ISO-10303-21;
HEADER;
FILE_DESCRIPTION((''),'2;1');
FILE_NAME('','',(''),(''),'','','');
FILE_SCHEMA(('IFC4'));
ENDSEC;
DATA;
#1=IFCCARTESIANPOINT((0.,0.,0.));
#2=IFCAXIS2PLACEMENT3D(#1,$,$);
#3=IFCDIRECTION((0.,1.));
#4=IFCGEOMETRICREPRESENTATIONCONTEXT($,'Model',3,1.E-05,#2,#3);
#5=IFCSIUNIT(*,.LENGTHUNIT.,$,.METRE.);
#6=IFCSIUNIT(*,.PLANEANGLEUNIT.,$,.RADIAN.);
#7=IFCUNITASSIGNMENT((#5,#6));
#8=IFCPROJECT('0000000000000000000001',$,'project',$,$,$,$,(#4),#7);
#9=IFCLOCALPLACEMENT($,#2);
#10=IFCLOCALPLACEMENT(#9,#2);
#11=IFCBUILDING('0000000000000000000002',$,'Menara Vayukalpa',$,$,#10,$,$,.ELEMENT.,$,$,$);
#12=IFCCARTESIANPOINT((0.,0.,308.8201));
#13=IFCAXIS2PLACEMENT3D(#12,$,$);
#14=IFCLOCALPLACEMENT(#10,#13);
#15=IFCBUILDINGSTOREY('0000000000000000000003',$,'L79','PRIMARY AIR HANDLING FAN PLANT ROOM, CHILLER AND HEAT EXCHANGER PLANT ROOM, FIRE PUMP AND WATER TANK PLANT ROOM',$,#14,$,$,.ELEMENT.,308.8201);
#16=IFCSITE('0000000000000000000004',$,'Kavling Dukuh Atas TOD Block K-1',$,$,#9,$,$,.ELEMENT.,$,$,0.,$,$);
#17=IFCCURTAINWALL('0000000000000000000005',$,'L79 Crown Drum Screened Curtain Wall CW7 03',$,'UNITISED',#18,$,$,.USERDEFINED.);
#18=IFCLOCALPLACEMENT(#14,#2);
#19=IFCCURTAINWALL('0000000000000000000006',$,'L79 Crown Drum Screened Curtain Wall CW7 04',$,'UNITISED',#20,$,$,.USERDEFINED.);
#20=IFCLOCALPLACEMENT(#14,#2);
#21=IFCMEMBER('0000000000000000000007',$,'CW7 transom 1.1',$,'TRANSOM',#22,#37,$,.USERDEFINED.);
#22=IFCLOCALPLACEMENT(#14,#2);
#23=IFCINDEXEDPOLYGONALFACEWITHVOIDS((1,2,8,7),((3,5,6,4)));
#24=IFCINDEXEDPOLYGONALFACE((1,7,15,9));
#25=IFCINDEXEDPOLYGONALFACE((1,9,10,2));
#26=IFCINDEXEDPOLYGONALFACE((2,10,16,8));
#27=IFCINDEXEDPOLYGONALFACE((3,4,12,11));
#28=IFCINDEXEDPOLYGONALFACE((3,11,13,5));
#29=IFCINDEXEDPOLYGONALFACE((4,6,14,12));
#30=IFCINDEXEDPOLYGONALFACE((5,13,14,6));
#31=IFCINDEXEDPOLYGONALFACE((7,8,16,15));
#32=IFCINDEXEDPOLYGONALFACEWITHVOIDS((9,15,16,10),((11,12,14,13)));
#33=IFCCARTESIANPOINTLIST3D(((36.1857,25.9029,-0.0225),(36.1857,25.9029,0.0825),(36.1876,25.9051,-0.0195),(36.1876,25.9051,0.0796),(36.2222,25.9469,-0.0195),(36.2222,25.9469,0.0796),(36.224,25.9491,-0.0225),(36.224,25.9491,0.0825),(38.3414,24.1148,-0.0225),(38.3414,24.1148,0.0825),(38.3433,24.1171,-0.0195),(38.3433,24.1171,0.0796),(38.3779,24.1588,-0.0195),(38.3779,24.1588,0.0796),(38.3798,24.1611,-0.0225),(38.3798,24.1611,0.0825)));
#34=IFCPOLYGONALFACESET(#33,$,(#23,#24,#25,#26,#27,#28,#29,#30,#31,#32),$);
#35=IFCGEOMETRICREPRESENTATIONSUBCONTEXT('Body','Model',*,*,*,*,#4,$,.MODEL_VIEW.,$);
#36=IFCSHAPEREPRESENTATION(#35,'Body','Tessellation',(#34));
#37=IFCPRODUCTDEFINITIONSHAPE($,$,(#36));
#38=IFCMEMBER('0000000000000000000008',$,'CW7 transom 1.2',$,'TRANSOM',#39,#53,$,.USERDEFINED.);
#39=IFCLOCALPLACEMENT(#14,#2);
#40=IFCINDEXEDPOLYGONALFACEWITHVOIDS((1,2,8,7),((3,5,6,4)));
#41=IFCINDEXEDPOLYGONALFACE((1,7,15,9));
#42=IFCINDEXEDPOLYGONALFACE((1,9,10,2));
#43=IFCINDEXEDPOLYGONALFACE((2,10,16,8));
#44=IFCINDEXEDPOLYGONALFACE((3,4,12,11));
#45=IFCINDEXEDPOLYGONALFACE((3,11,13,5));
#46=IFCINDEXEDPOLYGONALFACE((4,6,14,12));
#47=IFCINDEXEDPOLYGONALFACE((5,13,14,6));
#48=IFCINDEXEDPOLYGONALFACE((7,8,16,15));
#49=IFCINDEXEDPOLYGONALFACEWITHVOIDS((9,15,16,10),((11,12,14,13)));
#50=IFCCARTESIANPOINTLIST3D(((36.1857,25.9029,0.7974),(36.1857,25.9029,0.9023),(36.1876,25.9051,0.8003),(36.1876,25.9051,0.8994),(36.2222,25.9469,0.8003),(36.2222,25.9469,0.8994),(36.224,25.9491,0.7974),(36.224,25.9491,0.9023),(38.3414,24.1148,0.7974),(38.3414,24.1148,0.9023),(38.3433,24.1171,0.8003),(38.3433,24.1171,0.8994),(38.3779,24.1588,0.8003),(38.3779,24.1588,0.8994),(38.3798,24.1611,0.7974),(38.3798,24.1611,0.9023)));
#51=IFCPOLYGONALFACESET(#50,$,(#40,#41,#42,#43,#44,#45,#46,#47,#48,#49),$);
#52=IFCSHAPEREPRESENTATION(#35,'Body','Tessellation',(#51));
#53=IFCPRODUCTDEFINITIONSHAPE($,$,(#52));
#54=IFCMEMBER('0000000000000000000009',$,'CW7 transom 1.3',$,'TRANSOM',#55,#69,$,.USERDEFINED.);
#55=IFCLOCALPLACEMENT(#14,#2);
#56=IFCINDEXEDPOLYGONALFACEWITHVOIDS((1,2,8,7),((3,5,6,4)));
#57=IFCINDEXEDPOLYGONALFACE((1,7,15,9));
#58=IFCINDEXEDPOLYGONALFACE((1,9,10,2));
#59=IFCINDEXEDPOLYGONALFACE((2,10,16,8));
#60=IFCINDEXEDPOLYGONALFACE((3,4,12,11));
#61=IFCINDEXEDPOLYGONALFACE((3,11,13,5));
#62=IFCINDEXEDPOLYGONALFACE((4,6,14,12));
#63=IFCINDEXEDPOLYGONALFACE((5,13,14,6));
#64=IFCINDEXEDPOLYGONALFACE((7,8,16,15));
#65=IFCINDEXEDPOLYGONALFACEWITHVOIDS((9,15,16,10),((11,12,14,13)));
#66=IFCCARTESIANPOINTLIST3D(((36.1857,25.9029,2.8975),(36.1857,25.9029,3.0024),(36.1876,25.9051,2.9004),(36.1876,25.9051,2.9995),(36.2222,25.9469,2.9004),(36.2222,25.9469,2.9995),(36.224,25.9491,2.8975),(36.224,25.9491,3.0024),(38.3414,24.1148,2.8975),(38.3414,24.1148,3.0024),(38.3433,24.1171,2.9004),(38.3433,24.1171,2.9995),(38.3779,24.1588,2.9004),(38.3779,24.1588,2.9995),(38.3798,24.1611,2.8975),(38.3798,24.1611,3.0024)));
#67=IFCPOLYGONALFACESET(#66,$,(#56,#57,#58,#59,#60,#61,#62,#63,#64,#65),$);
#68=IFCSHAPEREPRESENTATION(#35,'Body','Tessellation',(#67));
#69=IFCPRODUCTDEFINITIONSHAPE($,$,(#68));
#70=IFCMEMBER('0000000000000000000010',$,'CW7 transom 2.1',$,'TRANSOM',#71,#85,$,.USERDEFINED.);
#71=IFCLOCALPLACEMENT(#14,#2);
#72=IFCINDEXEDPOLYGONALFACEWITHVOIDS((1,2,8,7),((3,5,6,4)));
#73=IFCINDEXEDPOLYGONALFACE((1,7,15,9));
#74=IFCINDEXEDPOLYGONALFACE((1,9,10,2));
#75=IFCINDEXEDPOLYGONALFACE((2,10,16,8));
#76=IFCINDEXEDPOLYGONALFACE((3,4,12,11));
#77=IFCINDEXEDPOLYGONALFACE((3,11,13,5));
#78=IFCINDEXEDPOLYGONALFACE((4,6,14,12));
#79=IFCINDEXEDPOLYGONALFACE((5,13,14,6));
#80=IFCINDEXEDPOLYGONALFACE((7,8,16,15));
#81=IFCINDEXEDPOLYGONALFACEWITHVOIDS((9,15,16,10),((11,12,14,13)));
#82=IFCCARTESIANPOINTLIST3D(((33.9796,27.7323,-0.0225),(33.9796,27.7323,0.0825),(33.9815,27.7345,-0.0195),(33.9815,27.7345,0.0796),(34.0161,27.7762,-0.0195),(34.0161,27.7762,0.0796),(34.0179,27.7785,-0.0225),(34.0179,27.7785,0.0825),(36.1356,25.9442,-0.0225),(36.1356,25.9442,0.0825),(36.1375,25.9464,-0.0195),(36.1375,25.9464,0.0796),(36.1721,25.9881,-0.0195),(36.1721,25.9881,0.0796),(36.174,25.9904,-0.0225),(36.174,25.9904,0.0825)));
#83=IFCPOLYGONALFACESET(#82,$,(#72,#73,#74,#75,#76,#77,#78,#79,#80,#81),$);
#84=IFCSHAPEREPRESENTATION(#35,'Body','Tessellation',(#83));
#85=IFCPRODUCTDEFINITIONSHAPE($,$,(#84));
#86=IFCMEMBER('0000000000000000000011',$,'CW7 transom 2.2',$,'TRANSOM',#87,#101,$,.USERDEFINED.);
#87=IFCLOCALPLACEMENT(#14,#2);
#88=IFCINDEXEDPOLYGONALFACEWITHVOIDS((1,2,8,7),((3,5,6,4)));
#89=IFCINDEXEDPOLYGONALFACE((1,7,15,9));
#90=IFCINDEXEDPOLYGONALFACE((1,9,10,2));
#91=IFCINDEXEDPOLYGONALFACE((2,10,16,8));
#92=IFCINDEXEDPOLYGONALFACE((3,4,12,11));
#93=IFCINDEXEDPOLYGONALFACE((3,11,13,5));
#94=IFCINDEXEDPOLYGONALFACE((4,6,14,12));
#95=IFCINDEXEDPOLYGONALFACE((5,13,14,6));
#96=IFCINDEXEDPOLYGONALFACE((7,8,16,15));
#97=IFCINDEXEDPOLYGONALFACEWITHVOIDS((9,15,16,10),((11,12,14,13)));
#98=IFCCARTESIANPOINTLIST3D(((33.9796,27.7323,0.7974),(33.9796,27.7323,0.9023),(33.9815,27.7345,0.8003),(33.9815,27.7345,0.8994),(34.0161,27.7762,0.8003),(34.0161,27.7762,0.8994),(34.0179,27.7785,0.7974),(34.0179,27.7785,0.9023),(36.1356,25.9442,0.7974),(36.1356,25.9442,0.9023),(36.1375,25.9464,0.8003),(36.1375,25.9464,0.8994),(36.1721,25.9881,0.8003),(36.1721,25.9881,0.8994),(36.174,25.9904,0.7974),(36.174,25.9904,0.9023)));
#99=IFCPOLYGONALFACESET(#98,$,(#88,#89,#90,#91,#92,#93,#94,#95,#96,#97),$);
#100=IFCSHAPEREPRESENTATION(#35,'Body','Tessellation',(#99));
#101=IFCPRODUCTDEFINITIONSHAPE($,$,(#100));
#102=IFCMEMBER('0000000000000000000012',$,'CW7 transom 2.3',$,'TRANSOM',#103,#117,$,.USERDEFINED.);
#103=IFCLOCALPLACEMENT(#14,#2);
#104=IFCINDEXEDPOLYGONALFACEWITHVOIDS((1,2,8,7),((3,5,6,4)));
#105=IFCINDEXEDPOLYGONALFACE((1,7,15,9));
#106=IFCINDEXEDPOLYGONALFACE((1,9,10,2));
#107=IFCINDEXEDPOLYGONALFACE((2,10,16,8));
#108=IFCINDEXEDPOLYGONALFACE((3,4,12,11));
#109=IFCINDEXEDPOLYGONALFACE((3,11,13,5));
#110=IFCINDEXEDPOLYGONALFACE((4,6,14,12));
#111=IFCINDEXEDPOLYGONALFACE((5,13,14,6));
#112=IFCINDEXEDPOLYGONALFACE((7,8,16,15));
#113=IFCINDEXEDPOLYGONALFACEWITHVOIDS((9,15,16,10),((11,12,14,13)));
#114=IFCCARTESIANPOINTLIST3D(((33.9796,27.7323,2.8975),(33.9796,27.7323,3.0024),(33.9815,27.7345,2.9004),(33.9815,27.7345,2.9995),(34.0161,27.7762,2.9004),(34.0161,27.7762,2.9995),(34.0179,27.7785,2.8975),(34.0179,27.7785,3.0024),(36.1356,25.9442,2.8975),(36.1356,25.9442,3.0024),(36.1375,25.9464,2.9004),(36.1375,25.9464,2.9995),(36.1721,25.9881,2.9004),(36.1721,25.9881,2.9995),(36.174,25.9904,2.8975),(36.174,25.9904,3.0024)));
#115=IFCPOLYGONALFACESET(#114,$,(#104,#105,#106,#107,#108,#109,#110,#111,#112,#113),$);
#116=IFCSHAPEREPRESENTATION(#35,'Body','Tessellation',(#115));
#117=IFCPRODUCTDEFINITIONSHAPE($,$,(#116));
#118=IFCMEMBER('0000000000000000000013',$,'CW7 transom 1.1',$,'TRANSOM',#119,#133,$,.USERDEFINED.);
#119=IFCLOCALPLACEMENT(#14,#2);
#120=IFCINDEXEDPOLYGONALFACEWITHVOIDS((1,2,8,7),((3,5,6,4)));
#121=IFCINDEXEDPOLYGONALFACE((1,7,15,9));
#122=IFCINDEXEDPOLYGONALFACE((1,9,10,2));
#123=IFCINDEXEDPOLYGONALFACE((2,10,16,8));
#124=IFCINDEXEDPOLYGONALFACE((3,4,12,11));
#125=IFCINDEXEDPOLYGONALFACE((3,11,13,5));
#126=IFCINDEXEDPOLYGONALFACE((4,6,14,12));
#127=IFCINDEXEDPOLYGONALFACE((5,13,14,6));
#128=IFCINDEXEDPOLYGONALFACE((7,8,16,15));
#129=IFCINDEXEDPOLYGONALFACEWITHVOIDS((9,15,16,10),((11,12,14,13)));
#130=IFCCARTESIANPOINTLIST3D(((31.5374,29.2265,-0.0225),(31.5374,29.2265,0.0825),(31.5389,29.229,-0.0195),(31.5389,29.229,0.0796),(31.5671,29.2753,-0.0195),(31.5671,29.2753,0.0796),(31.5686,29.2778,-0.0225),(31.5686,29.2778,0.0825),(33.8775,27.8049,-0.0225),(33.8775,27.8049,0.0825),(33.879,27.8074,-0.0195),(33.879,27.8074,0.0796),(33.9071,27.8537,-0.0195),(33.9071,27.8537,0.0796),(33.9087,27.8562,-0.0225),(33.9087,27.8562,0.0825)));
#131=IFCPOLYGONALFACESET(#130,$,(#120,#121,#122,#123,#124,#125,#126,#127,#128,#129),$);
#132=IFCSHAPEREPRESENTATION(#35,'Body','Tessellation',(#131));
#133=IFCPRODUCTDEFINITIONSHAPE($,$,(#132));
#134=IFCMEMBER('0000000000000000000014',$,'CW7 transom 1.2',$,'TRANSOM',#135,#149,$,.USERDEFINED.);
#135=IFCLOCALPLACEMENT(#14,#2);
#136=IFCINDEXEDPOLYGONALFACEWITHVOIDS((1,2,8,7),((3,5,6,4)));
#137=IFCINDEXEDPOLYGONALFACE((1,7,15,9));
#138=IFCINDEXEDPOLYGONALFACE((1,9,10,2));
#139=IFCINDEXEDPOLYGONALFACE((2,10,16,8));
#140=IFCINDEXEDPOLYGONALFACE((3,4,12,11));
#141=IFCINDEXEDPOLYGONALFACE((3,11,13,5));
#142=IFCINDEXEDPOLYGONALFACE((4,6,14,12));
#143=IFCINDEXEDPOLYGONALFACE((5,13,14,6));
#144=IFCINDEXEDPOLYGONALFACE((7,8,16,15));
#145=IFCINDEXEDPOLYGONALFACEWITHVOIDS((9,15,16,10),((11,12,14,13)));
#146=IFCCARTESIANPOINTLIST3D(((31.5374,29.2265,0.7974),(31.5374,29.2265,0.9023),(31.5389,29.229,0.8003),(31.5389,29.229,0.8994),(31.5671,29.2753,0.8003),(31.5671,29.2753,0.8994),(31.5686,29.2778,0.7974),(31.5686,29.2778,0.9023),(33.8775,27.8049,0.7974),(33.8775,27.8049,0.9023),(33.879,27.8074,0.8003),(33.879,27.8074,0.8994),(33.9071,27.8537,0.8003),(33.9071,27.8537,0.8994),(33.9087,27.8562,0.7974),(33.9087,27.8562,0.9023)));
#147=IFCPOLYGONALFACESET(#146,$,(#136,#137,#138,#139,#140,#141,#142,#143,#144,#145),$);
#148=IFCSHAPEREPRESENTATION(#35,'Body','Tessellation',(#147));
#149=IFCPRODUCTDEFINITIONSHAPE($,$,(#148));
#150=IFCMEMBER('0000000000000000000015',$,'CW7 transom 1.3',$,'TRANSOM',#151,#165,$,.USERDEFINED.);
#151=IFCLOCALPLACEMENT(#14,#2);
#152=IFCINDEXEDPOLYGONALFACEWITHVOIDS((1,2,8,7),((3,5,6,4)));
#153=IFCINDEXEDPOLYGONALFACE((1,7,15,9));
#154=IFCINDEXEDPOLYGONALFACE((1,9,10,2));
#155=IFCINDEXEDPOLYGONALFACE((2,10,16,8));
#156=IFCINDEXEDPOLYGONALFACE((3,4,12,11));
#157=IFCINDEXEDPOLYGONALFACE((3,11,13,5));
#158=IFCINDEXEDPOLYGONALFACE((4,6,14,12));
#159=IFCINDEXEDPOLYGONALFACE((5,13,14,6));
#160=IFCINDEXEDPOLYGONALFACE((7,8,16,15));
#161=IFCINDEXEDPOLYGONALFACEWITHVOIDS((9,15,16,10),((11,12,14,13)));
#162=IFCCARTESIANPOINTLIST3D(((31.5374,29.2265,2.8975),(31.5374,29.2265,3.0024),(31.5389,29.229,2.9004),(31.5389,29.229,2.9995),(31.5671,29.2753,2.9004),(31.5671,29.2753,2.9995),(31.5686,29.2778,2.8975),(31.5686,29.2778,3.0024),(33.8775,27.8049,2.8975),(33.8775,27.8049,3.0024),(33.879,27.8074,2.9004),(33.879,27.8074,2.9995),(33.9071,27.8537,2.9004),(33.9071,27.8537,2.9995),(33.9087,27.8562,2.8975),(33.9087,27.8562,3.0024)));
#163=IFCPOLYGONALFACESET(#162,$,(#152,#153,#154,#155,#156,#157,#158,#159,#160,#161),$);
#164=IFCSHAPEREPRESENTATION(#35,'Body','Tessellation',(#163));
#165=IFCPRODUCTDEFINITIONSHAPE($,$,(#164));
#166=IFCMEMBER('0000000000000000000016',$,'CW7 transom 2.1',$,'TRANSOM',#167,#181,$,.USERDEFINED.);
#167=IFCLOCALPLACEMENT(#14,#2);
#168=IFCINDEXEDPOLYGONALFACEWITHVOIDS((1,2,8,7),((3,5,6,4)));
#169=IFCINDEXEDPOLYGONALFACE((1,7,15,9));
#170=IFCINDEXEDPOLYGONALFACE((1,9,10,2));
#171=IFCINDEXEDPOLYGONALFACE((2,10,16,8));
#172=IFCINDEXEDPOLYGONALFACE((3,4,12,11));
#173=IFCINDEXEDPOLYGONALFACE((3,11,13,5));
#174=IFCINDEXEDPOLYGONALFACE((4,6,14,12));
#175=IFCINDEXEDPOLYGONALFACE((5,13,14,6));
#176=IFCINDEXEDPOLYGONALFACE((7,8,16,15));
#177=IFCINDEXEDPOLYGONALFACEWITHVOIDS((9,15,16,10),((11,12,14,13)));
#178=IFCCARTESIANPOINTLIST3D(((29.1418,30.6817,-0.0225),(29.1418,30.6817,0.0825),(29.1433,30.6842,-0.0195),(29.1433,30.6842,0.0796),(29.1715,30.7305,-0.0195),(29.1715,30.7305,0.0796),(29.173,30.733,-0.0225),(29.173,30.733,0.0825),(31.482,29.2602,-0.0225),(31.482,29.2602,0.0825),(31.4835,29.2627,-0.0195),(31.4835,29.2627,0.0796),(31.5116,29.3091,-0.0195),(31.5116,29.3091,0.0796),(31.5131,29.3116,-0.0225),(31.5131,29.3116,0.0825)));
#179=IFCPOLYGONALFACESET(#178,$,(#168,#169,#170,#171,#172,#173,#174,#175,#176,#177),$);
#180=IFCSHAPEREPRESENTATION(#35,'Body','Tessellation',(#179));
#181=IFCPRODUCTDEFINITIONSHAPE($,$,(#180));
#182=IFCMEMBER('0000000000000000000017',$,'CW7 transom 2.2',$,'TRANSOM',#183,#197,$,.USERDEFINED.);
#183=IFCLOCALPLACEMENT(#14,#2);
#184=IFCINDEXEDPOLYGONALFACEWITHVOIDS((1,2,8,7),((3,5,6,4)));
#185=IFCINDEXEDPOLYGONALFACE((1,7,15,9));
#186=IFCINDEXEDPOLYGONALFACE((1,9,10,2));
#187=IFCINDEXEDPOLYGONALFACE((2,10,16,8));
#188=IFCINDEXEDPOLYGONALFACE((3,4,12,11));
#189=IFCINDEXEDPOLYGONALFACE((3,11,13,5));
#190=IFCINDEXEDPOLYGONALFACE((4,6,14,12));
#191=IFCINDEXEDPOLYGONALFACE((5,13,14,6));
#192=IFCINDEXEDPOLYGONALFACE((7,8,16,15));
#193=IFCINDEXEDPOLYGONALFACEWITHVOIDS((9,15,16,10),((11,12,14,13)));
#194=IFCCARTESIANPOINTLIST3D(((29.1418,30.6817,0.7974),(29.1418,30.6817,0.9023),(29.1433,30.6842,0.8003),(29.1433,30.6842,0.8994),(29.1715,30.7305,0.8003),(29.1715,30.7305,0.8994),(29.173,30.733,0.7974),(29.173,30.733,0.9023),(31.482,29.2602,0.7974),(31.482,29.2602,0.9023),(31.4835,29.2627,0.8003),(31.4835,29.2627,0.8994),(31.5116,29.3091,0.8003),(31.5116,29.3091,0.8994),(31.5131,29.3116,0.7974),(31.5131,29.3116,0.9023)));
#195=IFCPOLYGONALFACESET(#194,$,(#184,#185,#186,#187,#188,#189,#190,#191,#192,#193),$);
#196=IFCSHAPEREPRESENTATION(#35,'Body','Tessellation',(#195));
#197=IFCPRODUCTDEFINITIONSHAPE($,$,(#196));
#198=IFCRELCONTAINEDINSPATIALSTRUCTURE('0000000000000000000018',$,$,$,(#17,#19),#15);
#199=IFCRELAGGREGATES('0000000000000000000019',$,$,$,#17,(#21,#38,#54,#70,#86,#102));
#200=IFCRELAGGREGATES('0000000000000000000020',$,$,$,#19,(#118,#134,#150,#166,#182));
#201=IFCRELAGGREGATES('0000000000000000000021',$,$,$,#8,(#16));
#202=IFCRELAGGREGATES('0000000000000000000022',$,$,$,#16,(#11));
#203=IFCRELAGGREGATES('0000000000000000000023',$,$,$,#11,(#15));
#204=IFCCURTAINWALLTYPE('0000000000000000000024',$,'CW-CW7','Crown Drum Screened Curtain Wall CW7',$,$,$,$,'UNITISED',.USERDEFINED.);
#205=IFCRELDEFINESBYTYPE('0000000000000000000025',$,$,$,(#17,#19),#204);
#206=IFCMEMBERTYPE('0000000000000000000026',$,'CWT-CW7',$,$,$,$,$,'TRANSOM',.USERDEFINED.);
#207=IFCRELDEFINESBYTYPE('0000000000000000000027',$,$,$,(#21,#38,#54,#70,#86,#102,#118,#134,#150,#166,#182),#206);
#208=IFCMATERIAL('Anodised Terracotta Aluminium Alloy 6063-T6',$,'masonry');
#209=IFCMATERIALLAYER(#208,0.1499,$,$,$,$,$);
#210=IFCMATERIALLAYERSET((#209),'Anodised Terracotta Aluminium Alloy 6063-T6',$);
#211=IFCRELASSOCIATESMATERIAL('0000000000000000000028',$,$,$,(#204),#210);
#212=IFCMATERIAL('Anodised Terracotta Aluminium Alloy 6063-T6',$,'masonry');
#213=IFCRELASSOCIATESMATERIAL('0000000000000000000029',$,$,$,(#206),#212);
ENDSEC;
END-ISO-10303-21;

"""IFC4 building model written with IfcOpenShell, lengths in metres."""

from ifc_helpers import new_model, si_unit, direction, frame, origin, origin_2d, place, context, subcontext, project, spatial, hollow_rectangle, extrude, material, layer, layer_set, material_profile, profile_set, type_object, element, aggregate, save


model = new_model("IFC4")

# Units and contexts
model_context = context("Model", 3, precision=1e-05, world=origin(), true_north=direction((0.0, 1.0)))
body_context = subcontext(model_context, "Body", "Model", "MODEL_VIEW")
ifc_project = project(units=[si_unit("LENGTHUNIT", "METRE"), si_unit("PLANEANGLEUNIT", "RADIAN")], contexts=[model_context])

# Site, building, storey
site_placement = place(None, origin())
site = spatial("IfcSite", under=ifc_project, at=site_placement, Name="Kavling Dukuh Atas TOD Block K-1", CompositionType="ELEMENT", RefElevation=0.0)
building_placement = place(site_placement, origin())
building = spatial("IfcBuilding", under=site, at=building_placement, Name="Menara Vayukalpa", CompositionType="ELEMENT")
storey_placement = place(building_placement, frame((0.0, 0.0, 308.8201)))
storey = spatial("IfcBuildingStorey", under=building, at=storey_placement, Name="L79", Description="PRIMARY AIR HANDLING FAN PLANT ROOM, CHILLER AND HEAT EXCHANGER PLANT ROOM, FIRE PUMP AND WATER TANK PLANT ROOM", CompositionType="ELEMENT", Elevation=308.8201)

# Curtain walls
ifc_material_1 = material(Name="Anodised Terracotta Aluminium Alloy 6063-T6", Category="masonry")
ifc_layer_1 = layer(ifc_material_1, 0.1499)
ifc_layer_set_1 = layer_set([ifc_layer_1], Name="Anodised Terracotta Aluminium Alloy 6063-T6")
curtain_wall_type = type_object("IfcCurtainWallType", Name="CW-CW7", Description="Crown Drum Screened Curtain Wall CW7", ElementType="UNITISED", PredefinedType="USERDEFINED", material=ifc_layer_set_1)
curtain_wall_1_placement = place(storey_placement, origin())
curtain_wall_1 = element("IfcCurtainWall", 1, at=curtain_wall_1_placement, inside=storey, type_object=curtain_wall_type, Name="L79 Crown Drum Screened Curtain Wall CW7 03", ObjectType="UNITISED", PredefinedType="USERDEFINED")
curtain_wall_2_placement = place(storey_placement, origin())
curtain_wall_2 = element("IfcCurtainWall", 2, at=curtain_wall_2_placement, inside=storey, type_object=curtain_wall_type, Name="L79 Crown Drum Screened Curtain Wall CW7 04", ObjectType="UNITISED", PredefinedType="USERDEFINED")

# Members
ifc_material_2 = material(Name="Anodised Terracotta Aluminium Alloy 6063-T6", Category="masonry")
ifc_material_profile_1 = material_profile(ifc_material_2, hollow_rectangle(XDim=0.0601, YDim=0.105, WallThickness=0.0029, at=origin_2d()), Name="ALU 60x105x3")
ifc_profile_set_1 = profile_set([ifc_material_profile_1], Name="Anodised Terracotta Aluminium Alloy 6063-T6")
member_type_1 = type_object("IfcMemberType", Name="CWT-CW7", ElementType="TRANSOM", PredefinedType="USERDEFINED", material=ifc_profile_set_1)
member_1_placement = place(storey_placement, frame((38.3606, 24.1379, 0.03), z_axis=(-0.769691, 0.638416, 0.0), x_axis=(-0.638416, -0.769691, 0.0)))
member_1 = element("IfcMember", 3, at=member_1_placement, type_object=member_type_1, Name="CW7 transom 1.1", ObjectType="TRANSOM", PredefinedType="USERDEFINED", context=body_context, shape_type="SweptSolid", body=[
    extrude(hollow_rectangle(XDim=0.0601, YDim=0.105, WallThickness=0.0029, at=origin_2d()), origin(), (0.0, 0.0, 1.0), 2.8008),
])
member_2_placement = place(storey_placement, frame((38.3606, 24.1379, 0.8499), z_axis=(-0.769691, 0.638416, 0.0), x_axis=(-0.638416, -0.769691, 0.0)))
member_2 = element("IfcMember", 4, at=member_2_placement, type_object=member_type_1, Name="CW7 transom 1.2", ObjectType="TRANSOM", PredefinedType="USERDEFINED", context=body_context, shape_type="SweptSolid", body=[
    extrude(hollow_rectangle(XDim=0.0601, YDim=0.105, WallThickness=0.0029, at=origin_2d()), origin(), (0.0, 0.0, 1.0), 2.8008),
])
member_3_placement = place(storey_placement, frame((38.3606, 24.1379, 2.95), z_axis=(-0.769691, 0.638416, 0.0), x_axis=(-0.638416, -0.769691, 0.0)))
member_3 = element("IfcMember", 5, at=member_3_placement, type_object=member_type_1, Name="CW7 transom 1.3", ObjectType="TRANSOM", PredefinedType="USERDEFINED", context=body_context, shape_type="SweptSolid", body=[
    extrude(hollow_rectangle(XDim=0.0601, YDim=0.105, WallThickness=0.0029, at=origin_2d()), origin(), (0.0, 0.0, 1.0), 2.8008),
])
member_4_placement = place(storey_placement, frame((36.1548, 25.9673, 0.03), z_axis=(-0.769727, 0.638374, 0.0), x_axis=(-0.638374, -0.769727, 0.0)))
member_4 = element("IfcMember", 6, at=member_4_placement, type_object=member_type_1, Name="CW7 transom 2.1", ObjectType="TRANSOM", PredefinedType="USERDEFINED", context=body_context, shape_type="SweptSolid", body=[
    extrude(hollow_rectangle(XDim=0.0601, YDim=0.105, WallThickness=0.0029, at=origin_2d()), origin(), (0.0, 0.0, 1.0), 2.801),
])
member_5_placement = place(storey_placement, frame((36.1548, 25.9673, 0.8499), z_axis=(-0.769727, 0.638374, 0.0), x_axis=(-0.638374, -0.769727, 0.0)))
member_5 = element("IfcMember", 7, at=member_5_placement, type_object=member_type_1, Name="CW7 transom 2.2", ObjectType="TRANSOM", PredefinedType="USERDEFINED", context=body_context, shape_type="SweptSolid", body=[
    extrude(hollow_rectangle(XDim=0.0601, YDim=0.105, WallThickness=0.0029, at=origin_2d()), origin(), (0.0, 0.0, 1.0), 2.801),
])
member_6_placement = place(storey_placement, frame((36.1548, 25.9673, 2.95), z_axis=(-0.769727, 0.638374, 0.0), x_axis=(-0.638374, -0.769727, 0.0)))
member_6 = element("IfcMember", 8, at=member_6_placement, type_object=member_type_1, Name="CW7 transom 2.3", ObjectType="TRANSOM", PredefinedType="USERDEFINED", context=body_context, shape_type="SweptSolid", body=[
    extrude(hollow_rectangle(XDim=0.0601, YDim=0.105, WallThickness=0.0029, at=origin_2d()), origin(), (0.0, 0.0, 1.0), 2.801),
])
member_7_placement = place(storey_placement, frame((33.8931, 27.8306, 0.03), z_axis=(-0.854648, 0.519208, 0.0), x_axis=(-0.519208, -0.854648, 0.0)))
member_7 = element("IfcMember", 9, at=member_7_placement, type_object=member_type_1, Name="CW7 transom 1.1", ObjectType="TRANSOM", PredefinedType="USERDEFINED", context=body_context, shape_type="SweptSolid", body=[
    extrude(hollow_rectangle(XDim=0.0601, YDim=0.105, WallThickness=0.0029, at=origin_2d()), origin(), (0.0, 0.0, 1.0), 2.738),
])
member_8_placement = place(storey_placement, frame((33.8931, 27.8306, 0.8499), z_axis=(-0.854648, 0.519208, 0.0), x_axis=(-0.519208, -0.854648, 0.0)))
member_8 = element("IfcMember", 10, at=member_8_placement, type_object=member_type_1, Name="CW7 transom 1.2", ObjectType="TRANSOM", PredefinedType="USERDEFINED", context=body_context, shape_type="SweptSolid", body=[
    extrude(hollow_rectangle(XDim=0.0601, YDim=0.105, WallThickness=0.0029, at=origin_2d()), origin(), (0.0, 0.0, 1.0), 2.738),
])
member_9_placement = place(storey_placement, frame((33.8931, 27.8306, 2.95), z_axis=(-0.854648, 0.519208, 0.0), x_axis=(-0.519208, -0.854648, 0.0)))
member_9 = element("IfcMember", 11, at=member_9_placement, type_object=member_type_1, Name="CW7 transom 1.3", ObjectType="TRANSOM", PredefinedType="USERDEFINED", context=body_context, shape_type="SweptSolid", body=[
    extrude(hollow_rectangle(XDim=0.0601, YDim=0.105, WallThickness=0.0029, at=origin_2d()), origin(), (0.0, 0.0, 1.0), 2.738),
])
member_10_placement = place(storey_placement, frame((31.4976, 29.2859, 0.03), z_axis=(-0.854687, 0.519143, 0.0), x_axis=(-0.519143, -0.854687, 0.0)))
member_10 = element("IfcMember", 12, at=member_10_placement, type_object=member_type_1, Name="CW7 transom 2.1", ObjectType="TRANSOM", PredefinedType="USERDEFINED", context=body_context, shape_type="SweptSolid", body=[
    extrude(hollow_rectangle(XDim=0.0601, YDim=0.105, WallThickness=0.0029, at=origin_2d()), origin(), (0.0, 0.0, 1.0), 2.738),
])
member_11_placement = place(storey_placement, frame((31.4976, 29.2859, 0.8499), z_axis=(-0.854687, 0.519143, 0.0), x_axis=(-0.519143, -0.854687, 0.0)))
member_11 = element("IfcMember", 13, at=member_11_placement, type_object=member_type_1, Name="CW7 transom 2.2", ObjectType="TRANSOM", PredefinedType="USERDEFINED", context=body_context, shape_type="SweptSolid", body=[
    extrude(hollow_rectangle(XDim=0.0601, YDim=0.105, WallThickness=0.0029, at=origin_2d()), origin(), (0.0, 0.0, 1.0), 2.738),
])

aggregate(curtain_wall_1, [member_1, member_2, member_3, member_4, member_5, member_6])
aggregate(curtain_wall_2, [member_7, member_8, member_9, member_10, member_11])

save(model, "model.ifc")
